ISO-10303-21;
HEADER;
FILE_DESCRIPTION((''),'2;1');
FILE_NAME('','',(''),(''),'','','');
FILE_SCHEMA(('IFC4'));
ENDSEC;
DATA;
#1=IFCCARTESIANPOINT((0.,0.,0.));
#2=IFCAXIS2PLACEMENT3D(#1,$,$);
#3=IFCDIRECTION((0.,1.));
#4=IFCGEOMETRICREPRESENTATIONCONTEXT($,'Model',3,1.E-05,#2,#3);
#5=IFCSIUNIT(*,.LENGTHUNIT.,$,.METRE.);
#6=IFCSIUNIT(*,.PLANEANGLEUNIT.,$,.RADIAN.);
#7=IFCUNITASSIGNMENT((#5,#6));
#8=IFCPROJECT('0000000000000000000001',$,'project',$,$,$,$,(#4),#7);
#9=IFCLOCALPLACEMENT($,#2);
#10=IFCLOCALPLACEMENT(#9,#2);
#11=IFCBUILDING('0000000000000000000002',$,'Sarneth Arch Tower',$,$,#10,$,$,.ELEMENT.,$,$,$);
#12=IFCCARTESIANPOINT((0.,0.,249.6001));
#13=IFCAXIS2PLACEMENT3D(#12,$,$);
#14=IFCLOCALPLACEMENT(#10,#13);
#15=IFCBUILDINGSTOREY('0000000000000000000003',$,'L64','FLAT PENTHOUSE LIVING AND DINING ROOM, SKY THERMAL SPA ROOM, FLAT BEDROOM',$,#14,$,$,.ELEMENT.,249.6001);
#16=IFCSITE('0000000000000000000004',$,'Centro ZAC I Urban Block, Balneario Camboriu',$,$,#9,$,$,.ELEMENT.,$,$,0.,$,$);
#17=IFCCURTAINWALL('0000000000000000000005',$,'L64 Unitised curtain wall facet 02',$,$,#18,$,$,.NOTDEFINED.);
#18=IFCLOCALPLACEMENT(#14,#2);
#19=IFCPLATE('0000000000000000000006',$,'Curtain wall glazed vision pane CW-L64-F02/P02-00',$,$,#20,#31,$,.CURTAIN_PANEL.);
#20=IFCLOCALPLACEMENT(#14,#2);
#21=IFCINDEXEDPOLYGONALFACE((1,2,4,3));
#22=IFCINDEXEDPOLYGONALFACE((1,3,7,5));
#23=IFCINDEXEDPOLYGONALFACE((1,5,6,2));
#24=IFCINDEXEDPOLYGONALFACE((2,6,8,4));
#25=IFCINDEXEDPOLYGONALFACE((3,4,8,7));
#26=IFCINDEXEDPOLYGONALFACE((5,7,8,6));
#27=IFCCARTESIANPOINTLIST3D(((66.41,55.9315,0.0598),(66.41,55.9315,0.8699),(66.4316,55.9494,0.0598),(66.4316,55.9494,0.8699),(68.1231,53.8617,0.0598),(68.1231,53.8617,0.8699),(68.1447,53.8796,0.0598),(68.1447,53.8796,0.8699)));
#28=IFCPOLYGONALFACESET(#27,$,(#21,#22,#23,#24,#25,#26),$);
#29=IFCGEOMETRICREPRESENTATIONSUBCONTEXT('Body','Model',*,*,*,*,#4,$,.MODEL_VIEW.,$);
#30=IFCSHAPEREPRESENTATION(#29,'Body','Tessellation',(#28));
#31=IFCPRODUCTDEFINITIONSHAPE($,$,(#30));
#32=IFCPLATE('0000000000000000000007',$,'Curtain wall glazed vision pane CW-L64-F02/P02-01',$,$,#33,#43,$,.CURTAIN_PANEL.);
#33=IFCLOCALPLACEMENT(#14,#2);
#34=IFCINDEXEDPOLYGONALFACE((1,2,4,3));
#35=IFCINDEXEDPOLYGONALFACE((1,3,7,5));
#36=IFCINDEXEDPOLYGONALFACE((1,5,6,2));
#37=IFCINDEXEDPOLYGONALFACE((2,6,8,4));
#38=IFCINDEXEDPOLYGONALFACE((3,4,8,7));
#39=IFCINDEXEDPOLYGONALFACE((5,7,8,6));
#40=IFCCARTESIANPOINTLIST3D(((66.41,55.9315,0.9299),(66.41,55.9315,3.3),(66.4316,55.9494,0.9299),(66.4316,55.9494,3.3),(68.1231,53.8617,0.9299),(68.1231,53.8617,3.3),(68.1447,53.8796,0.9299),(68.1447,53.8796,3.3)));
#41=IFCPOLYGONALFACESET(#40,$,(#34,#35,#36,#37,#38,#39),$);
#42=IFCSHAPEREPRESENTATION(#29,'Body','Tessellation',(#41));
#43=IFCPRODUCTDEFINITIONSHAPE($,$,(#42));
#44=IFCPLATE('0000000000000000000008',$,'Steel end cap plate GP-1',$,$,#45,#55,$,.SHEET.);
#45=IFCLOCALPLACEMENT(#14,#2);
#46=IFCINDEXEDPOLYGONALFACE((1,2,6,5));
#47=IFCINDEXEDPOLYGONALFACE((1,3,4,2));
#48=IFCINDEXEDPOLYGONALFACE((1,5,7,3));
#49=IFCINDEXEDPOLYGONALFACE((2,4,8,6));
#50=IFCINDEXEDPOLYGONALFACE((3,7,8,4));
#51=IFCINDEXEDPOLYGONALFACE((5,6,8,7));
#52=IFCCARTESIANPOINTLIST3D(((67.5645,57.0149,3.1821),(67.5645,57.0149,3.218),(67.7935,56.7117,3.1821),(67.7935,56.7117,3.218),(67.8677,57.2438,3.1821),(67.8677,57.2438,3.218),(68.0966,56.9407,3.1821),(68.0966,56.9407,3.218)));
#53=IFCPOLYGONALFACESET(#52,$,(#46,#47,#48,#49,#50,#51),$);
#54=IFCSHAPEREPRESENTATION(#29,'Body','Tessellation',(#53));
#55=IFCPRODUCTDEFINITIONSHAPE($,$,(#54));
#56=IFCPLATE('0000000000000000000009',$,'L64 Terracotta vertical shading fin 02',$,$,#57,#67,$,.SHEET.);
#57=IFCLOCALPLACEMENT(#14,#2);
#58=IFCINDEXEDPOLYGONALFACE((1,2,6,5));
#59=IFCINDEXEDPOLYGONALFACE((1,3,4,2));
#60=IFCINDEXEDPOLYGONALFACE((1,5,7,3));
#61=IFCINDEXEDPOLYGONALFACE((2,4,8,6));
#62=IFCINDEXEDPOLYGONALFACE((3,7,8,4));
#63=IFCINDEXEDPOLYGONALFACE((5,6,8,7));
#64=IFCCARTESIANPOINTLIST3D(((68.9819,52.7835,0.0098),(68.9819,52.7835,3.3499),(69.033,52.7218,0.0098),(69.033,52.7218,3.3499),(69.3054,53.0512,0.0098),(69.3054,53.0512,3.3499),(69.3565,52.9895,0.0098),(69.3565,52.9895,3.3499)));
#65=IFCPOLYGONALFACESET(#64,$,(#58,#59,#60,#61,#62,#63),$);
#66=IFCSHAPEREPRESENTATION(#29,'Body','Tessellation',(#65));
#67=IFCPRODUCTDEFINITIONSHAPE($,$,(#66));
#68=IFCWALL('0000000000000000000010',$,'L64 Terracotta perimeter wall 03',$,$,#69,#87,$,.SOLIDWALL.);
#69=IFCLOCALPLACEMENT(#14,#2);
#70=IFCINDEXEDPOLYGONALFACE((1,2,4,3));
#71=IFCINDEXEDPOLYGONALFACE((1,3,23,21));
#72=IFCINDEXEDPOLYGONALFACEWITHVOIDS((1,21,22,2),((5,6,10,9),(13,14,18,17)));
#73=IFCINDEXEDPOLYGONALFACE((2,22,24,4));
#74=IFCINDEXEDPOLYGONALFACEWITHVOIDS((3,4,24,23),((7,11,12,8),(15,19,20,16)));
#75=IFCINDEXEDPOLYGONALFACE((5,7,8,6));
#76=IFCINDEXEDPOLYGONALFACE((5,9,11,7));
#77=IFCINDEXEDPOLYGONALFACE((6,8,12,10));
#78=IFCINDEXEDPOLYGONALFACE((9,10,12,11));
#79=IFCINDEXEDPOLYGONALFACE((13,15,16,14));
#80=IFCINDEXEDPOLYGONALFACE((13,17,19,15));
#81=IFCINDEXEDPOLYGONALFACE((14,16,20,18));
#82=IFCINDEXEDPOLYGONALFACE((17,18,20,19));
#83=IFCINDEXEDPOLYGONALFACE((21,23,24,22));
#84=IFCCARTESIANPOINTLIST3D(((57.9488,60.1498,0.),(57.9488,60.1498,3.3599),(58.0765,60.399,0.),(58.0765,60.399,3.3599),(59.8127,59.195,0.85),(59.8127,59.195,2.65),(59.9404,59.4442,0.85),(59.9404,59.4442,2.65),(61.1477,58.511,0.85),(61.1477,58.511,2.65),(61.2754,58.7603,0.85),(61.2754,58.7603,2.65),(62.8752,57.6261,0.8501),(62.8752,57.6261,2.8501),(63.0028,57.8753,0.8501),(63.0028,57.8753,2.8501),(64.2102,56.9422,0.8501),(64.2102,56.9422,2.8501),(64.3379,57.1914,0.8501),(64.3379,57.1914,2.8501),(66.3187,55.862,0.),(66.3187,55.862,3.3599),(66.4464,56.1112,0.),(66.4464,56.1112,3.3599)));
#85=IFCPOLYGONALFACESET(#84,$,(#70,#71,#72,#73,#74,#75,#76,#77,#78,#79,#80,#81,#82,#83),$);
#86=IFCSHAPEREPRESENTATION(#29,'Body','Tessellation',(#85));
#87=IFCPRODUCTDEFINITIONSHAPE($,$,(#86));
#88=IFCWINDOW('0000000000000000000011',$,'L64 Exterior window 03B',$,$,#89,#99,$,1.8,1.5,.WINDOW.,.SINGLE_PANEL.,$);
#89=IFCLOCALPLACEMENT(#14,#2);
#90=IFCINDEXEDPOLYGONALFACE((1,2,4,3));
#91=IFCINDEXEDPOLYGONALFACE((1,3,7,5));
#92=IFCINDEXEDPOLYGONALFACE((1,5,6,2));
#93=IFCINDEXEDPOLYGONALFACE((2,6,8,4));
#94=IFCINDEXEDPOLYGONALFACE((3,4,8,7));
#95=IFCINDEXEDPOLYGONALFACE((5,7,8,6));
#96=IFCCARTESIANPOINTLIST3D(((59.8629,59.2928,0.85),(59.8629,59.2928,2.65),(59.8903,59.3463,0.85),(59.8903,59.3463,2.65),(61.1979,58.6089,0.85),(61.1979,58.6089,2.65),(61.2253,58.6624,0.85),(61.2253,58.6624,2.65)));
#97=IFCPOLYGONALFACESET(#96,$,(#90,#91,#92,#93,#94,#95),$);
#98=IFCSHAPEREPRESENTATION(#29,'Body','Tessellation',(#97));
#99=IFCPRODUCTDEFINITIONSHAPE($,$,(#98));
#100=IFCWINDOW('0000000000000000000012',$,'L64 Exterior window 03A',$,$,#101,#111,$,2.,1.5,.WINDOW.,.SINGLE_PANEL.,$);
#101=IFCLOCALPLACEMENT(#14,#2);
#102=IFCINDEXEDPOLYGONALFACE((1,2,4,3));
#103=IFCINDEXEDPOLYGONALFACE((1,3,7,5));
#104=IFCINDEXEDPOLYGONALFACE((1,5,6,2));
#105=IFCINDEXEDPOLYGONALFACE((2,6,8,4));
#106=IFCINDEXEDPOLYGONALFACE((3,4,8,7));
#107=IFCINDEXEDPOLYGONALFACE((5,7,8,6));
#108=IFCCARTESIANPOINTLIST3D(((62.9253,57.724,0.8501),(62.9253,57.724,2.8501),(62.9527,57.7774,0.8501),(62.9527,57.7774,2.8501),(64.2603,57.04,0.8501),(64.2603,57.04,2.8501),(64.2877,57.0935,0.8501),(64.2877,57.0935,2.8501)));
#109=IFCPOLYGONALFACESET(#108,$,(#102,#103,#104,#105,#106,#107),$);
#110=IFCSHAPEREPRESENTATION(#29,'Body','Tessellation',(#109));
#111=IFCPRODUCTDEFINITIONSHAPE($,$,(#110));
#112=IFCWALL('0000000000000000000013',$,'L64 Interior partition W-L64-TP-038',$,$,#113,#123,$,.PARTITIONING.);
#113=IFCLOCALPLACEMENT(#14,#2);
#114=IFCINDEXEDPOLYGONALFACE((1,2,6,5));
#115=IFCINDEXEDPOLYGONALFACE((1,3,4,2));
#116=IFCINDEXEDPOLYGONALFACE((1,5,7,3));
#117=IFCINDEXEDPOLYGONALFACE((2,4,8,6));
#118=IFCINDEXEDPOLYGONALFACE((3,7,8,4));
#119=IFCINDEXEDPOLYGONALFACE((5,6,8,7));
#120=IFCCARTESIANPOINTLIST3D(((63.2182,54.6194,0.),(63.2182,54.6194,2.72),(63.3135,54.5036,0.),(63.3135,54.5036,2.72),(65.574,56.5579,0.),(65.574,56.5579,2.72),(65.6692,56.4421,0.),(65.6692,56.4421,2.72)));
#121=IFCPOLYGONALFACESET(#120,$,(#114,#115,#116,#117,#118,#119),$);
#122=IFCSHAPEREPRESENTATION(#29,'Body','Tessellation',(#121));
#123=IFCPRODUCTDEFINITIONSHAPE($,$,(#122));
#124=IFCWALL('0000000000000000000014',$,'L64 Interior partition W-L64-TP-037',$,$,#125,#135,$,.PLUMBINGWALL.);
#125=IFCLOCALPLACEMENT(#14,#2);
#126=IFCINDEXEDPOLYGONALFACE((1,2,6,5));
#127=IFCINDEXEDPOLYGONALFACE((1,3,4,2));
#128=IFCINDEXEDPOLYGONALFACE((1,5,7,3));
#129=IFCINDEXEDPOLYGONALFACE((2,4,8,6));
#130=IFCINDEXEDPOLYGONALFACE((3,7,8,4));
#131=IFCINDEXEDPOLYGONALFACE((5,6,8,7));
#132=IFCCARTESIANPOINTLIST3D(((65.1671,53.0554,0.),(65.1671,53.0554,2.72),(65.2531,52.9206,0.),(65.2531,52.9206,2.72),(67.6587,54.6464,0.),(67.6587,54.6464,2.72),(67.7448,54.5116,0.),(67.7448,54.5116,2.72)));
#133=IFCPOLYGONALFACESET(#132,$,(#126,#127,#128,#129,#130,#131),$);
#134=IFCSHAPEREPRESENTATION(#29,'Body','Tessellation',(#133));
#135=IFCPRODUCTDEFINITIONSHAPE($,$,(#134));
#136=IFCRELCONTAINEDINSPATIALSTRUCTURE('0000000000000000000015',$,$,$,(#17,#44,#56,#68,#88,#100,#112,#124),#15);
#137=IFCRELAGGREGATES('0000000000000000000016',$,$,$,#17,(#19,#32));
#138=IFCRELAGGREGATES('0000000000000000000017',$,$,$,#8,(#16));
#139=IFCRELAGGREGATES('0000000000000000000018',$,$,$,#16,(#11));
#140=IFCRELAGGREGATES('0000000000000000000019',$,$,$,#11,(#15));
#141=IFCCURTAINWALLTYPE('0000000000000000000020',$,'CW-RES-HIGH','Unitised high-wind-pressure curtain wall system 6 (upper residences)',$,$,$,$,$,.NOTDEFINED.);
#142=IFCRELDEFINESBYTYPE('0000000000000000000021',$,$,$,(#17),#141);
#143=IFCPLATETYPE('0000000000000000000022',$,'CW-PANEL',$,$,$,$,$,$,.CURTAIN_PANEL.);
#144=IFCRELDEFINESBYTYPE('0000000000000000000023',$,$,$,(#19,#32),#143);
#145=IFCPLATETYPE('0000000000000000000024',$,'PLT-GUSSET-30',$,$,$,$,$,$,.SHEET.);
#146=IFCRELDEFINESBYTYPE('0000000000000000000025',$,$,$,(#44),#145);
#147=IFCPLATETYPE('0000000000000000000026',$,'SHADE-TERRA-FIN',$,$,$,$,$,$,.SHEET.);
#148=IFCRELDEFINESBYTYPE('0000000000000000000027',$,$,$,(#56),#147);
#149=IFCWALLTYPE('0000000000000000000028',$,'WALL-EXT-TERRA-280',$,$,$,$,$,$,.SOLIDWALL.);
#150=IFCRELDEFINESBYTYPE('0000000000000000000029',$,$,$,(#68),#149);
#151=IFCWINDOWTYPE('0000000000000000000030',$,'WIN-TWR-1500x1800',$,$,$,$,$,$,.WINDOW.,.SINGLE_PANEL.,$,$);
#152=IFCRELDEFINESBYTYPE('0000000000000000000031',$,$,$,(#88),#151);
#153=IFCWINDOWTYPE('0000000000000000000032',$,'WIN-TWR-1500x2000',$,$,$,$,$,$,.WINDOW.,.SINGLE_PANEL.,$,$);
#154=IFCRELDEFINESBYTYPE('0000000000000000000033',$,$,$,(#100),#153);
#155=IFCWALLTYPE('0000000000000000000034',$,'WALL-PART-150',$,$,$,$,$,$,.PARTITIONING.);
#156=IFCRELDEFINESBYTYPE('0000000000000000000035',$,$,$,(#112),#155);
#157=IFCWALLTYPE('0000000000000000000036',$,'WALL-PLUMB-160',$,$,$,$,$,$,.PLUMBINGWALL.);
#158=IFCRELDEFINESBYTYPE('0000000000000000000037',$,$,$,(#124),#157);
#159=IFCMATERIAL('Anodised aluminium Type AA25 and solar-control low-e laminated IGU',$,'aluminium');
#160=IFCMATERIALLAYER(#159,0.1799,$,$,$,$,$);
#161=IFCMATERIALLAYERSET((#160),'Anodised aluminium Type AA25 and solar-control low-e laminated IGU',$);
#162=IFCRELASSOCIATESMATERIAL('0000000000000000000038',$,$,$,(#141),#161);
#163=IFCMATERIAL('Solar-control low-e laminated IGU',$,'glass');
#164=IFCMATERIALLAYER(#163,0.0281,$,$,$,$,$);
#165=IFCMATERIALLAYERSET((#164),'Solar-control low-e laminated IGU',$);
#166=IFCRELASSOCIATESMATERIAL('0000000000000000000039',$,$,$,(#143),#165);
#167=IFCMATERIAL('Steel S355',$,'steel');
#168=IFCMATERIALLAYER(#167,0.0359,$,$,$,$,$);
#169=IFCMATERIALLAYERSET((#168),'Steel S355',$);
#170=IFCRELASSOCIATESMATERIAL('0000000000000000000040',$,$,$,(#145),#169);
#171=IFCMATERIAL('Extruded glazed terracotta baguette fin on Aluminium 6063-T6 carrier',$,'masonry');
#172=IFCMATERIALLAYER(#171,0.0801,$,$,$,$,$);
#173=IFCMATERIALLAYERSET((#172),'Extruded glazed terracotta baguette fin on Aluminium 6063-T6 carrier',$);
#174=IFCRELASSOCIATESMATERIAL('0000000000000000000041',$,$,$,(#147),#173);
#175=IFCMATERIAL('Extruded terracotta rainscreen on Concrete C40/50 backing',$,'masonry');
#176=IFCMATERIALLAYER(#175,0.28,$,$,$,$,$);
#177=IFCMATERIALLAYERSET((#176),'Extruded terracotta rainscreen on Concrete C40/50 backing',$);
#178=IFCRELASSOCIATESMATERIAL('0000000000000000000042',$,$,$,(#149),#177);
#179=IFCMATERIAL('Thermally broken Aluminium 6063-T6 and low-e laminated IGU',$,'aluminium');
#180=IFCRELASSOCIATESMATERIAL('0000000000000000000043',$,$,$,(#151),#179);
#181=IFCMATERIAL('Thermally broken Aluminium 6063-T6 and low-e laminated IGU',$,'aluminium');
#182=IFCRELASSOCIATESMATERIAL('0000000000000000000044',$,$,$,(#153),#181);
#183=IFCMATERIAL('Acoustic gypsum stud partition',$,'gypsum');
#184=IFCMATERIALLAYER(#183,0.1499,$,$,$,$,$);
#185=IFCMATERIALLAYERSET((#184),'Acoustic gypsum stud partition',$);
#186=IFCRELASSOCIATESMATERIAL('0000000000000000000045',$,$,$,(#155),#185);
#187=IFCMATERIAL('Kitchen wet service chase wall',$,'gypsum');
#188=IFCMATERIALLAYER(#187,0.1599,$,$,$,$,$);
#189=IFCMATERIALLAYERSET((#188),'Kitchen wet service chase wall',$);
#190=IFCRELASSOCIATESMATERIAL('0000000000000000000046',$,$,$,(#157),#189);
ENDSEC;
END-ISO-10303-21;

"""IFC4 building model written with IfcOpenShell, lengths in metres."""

from ifc_helpers import new_model, si_unit, direction, frame, frame_2d, origin, origin_2d, place, context, subcontext, project, spatial, rectangle, extrude, material, layer, layer_set, type_object, element, fill, aggregate, save


model = new_model("IFC4")

# Units and contexts
model_context = context("Model", 3, precision=1e-05, world=origin(), true_north=direction((0.0, 1.0)))
body_context = subcontext(model_context, "Body", "Model", "MODEL_VIEW")
ifc_project = project(units=[si_unit("LENGTHUNIT", "METRE"), si_unit("PLANEANGLEUNIT", "RADIAN")], contexts=[model_context])

# Site, building, storey
site_placement = place(None, origin())
site = spatial("IfcSite", under=ifc_project, at=site_placement, Name="Centro ZAC I Urban Block, Balneario Camboriu", CompositionType="ELEMENT", RefElevation=0.0)
building_placement = place(site_placement, origin())
building = spatial("IfcBuilding", under=site, at=building_placement, Name="Sarneth Arch Tower", CompositionType="ELEMENT")
storey_placement = place(building_placement, frame((0.0, 0.0, 249.6001)))
storey = spatial("IfcBuildingStorey", under=building, at=storey_placement, Name="L64", Description="FLAT PENTHOUSE LIVING AND DINING ROOM, SKY THERMAL SPA ROOM, FLAT BEDROOM", CompositionType="ELEMENT", Elevation=249.6001)

# Curtain wall
ifc_material_1 = material(Name="Anodised aluminium Type AA25 and solar-control low-e laminated IGU", Category="aluminium")
ifc_layer_1 = layer(ifc_material_1, 0.1799)
ifc_layer_set_1 = layer_set([ifc_layer_1], Name="Anodised aluminium Type AA25 and solar-control low-e laminated IGU")
curtain_wall_type = type_object("IfcCurtainWallType", Name="CW-RES-HIGH", Description="Unitised high-wind-pressure curtain wall system 6 (upper residences)", PredefinedType="NOTDEFINED", material=ifc_layer_set_1)
curtain_wall_placement = place(storey_placement, origin())
curtain_wall = element("IfcCurtainWall", 1, at=curtain_wall_placement, inside=storey, type_object=curtain_wall_type, Name="L64 Unitised curtain wall facet 02", PredefinedType="NOTDEFINED")

# Plates
ifc_material_2 = material(Name="Solar-control low-e laminated IGU", Category="glass")
ifc_layer_2 = layer(ifc_material_2, 0.0281)
ifc_layer_set_2 = layer_set([ifc_layer_2], Name="Solar-control low-e laminated IGU")
plate_type_1 = type_object("IfcPlateType", Name="CW-PANEL", PredefinedType="CURTAIN_PANEL", material=ifc_layer_set_2)
plate_1_placement = place(storey_placement, frame((67.2773, 54.9055, 0.0598), z_axis=(0.0, 0.0, 1.0), x_axis=(-0.63761, 0.770359, 0.0)))
plate_1 = element("IfcPlate", 2, at=plate_1_placement, type_object=plate_type_1, Name="Curtain wall glazed vision pane CW-L64-F02/P02-00", PredefinedType="CURTAIN_PANEL", context=body_context, shape_type="SweptSolid", body=[
    extrude(rectangle(XDim=2.6868, YDim=0.0281, at=origin_2d()), origin(), (0.0, 0.0, 1.0), 0.8101),
])
plate_2_placement = place(storey_placement, frame((67.2773, 54.9055, 0.9299), z_axis=(0.0, 0.0, 1.0), x_axis=(-0.63761, 0.770359, 0.0)))
plate_2 = element("IfcPlate", 3, at=plate_2_placement, type_object=plate_type_1, Name="Curtain wall glazed vision pane CW-L64-F02/P02-01", PredefinedType="CURTAIN_PANEL", context=body_context, shape_type="SweptSolid", body=[
    extrude(rectangle(XDim=2.6868, YDim=0.0281, at=origin_2d()), origin(), (0.0, 0.0, 1.0), 2.3701),
])
aggregate(curtain_wall, [plate_1, plate_2])

# Plates
ifc_material_3 = material(Name="Steel S355", Category="steel")
ifc_layer_3 = layer(ifc_material_3, 0.0359)
ifc_layer_set_3 = layer_set([ifc_layer_3], Name="Steel S355")
plate_type_2 = type_object("IfcPlateType", Name="PLT-GUSSET-30", PredefinedType="SHEET", material=ifc_layer_set_3)
plate_3_placement = place(storey_placement, frame((67.8306, 56.9778, 3.1821), z_axis=(0.0, 0.0, 1.0), x_axis=(0.798005, 0.602651, 0.0)))
element("IfcPlate", 4, at=plate_3_placement, inside=storey, type_object=plate_type_2, Name="Steel end cap plate GP-1", PredefinedType="SHEET", context=body_context, shape_type="SweptSolid", body=[
    extrude(rectangle(XDim=0.3799, YDim=0.3799, at=origin_2d()), origin(), (0.0, 0.0, 1.0), 0.0359),
])
ifc_material_4 = material(Name="Extruded glazed terracotta baguette fin on Aluminium 6063-T6 carrier", Category="masonry")
ifc_layer_4 = layer(ifc_material_4, 0.0801)
ifc_layer_set_4 = layer_set([ifc_layer_4], Name="Extruded glazed terracotta baguette fin on Aluminium 6063-T6 carrier")
plate_type_3 = type_object("IfcPlateType", Name="SHADE-TERRA-FIN", PredefinedType="SHEET", material=ifc_layer_set_4)
plate_4_placement = place(storey_placement, frame((69.1692, 52.8865, 0.0098), z_axis=(0.0, 0.0, 1.0), x_axis=(0.770402, 0.637558, 0.0)))
element("IfcPlate", 5, at=plate_4_placement, inside=storey, type_object=plate_type_3, Name="L64 Terracotta vertical shading fin 02", PredefinedType="SHEET", context=body_context, shape_type="SweptSolid", body=[
    extrude(rectangle(XDim=0.4199, YDim=0.0801, at=origin_2d()), origin(), (0.0, 0.0, 1.0), 3.3401),
])

# Wall, openings, windows
ifc_material_5 = material(Name="Extruded terracotta rainscreen on Concrete C40/50 backing", Category="masonry")
ifc_layer_5 = layer(ifc_material_5, 0.28)
ifc_layer_set_5 = layer_set([ifc_layer_5], Name="Extruded terracotta rainscreen on Concrete C40/50 backing")
wall_type_1 = type_object("IfcWallType", Name="WALL-EXT-TERRA-280", PredefinedType="SOLIDWALL", material=ifc_layer_set_5)
wall_1_placement = place(storey_placement, frame((66.3826, 55.9866, 0.0), z_axis=(0.0, 0.0, 1.0), x_axis=(-0.890007, 0.455946, 0.0)))
wall_1 = element("IfcWall", 6, at=wall_1_placement, inside=storey, type_object=wall_type_1, Name="L64 Terracotta perimeter wall 03", PredefinedType="SOLIDWALL", context=body_context, shape_type="SweptSolid", body=[
    extrude(rectangle(XDim=9.4043, YDim=0.28, at=frame_2d((4.7021, 0.0))), origin(), (0.0, 0.0, 1.0), 3.3599),
])
opening_1_placement = place(wall_1_placement, frame((2.3691, 0.0, 0.8501)))
opening_1 = element("IfcOpeningElement", 7, at=opening_1_placement, cuts=wall_1, PredefinedType="OPENING", context=body_context, shape_type="SweptSolid", body=[
    extrude(rectangle(XDim=1.5, YDim=2.0, at=frame_2d((0.75, 1.0))), frame((0.0, 0.1499, 0.0), z_axis=(0.0, -1.0, 0.0), x_axis=(1.0, 0.0, 0.0)), (0.0, 0.0, 1.0), 0.3),
])
opening_2_placement = place(wall_1_placement, frame((5.8101, 0.0, 0.8501)))
opening_2 = element("IfcOpeningElement", 8, at=opening_2_placement, cuts=wall_1, PredefinedType="OPENING", context=body_context, shape_type="SweptSolid", body=[
    extrude(rectangle(XDim=1.5, YDim=1.8, at=frame_2d((0.75, 0.8999))), frame((0.0, 0.1499, 0.0), z_axis=(0.0, -1.0, 0.0), x_axis=(1.0, 0.0, 0.0)), (0.0, 0.0, 1.0), 0.3),
])
ifc_material_6 = material(Name="Thermally broken Aluminium 6063-T6 and low-e laminated IGU", Category="aluminium")
window_type_1 = type_object("IfcWindowType", Name="WIN-TWR-1500x1800", PartitioningType="SINGLE_PANEL", PredefinedType="WINDOW", material=ifc_material_6)
window_1_placement = place(opening_2_placement, origin())
window_1 = element("IfcWindow", 9, at=window_1_placement, inside=storey, type_object=window_type_1, Name="L64 Exterior window 03B", OverallHeight=1.8, OverallWidth=1.5, PartitioningType="SINGLE_PANEL", PredefinedType="WINDOW", context=body_context, shape_type="SweptSolid", body=[
    extrude(rectangle(XDim=1.5, YDim=1.8, at=frame_2d((0.75, 0.8999))), frame((0.0, 0.03, 0.0), z_axis=(0.0, -1.0, 0.0), x_axis=(1.0, 0.0, 0.0)), (0.0, 0.0, 1.0), 0.0601),
])
fill(opening_2, window_1)
ifc_material_7 = material(Name="Thermally broken Aluminium 6063-T6 and low-e laminated IGU", Category="aluminium")
window_type_2 = type_object("IfcWindowType", Name="WIN-TWR-1500x2000", PartitioningType="SINGLE_PANEL", PredefinedType="WINDOW", material=ifc_material_7)
window_2_placement = place(opening_1_placement, origin())
window_2 = element("IfcWindow", 10, at=window_2_placement, inside=storey, type_object=window_type_2, Name="L64 Exterior window 03A", OverallHeight=2.0, OverallWidth=1.5, PartitioningType="SINGLE_PANEL", PredefinedType="WINDOW", context=body_context, shape_type="SweptSolid", body=[
    extrude(rectangle(XDim=1.5, YDim=2.0, at=frame_2d((0.75, 1.0))), frame((0.0, 0.03, 0.0), z_axis=(0.0, -1.0, 0.0), x_axis=(1.0, 0.0, 0.0)), (0.0, 0.0, 1.0), 0.0601),
])
fill(opening_1, window_2)

# Walls
ifc_material_8 = material(Name="Acoustic gypsum stud partition", Category="gypsum")
ifc_layer_6 = layer(ifc_material_8, 0.1499)
ifc_layer_set_6 = layer_set([ifc_layer_6], Name="Acoustic gypsum stud partition")
wall_type_2 = type_object("IfcWallType", Name="WALL-PART-150", PredefinedType="PARTITIONING", material=ifc_layer_set_6)
wall_2_placement = place(storey_placement, frame((65.6216, 56.5, 0.0), z_axis=(0.0, 0.0, 1.0), x_axis=(-0.772175, -0.63541, 0.0)))
element("IfcWall", 11, at=wall_2_placement, inside=storey, type_object=wall_type_2, Name="L64 Interior partition W-L64-TP-038", PredefinedType="PARTITIONING", context=body_context, shape_type="SweptSolid", body=[
    extrude(rectangle(XDim=3.0508, YDim=0.1499, at=frame_2d((1.5254, 0.0))), origin(), (0.0, 0.0, 1.0), 2.72),
])
ifc_material_9 = material(Name="Kitchen wet service chase wall", Category="gypsum")
ifc_layer_7 = layer(ifc_material_9, 0.1599)
ifc_layer_set_7 = layer_set([ifc_layer_7], Name="Kitchen wet service chase wall")
wall_type_3 = type_object("IfcWallType", Name="WALL-PLUMB-160", PredefinedType="PLUMBINGWALL", material=ifc_layer_set_7)
wall_3_placement = place(storey_placement, frame((65.2102, 52.988, 0.0), z_axis=(0.0, 0.0, 1.0), x_axis=(0.842827, 0.538184, 0.0)))
element("IfcWall", 12, at=wall_3_placement, inside=storey, type_object=wall_type_3, Name="L64 Interior partition W-L64-TP-037", PredefinedType="PLUMBINGWALL", context=body_context, shape_type="SweptSolid", body=[
    extrude(rectangle(XDim=2.9563, YDim=0.1599, at=frame_2d((1.478, 0.0))), origin(), (0.0, 0.0, 1.0), 2.72),
])

save(model, "model.ifc")
